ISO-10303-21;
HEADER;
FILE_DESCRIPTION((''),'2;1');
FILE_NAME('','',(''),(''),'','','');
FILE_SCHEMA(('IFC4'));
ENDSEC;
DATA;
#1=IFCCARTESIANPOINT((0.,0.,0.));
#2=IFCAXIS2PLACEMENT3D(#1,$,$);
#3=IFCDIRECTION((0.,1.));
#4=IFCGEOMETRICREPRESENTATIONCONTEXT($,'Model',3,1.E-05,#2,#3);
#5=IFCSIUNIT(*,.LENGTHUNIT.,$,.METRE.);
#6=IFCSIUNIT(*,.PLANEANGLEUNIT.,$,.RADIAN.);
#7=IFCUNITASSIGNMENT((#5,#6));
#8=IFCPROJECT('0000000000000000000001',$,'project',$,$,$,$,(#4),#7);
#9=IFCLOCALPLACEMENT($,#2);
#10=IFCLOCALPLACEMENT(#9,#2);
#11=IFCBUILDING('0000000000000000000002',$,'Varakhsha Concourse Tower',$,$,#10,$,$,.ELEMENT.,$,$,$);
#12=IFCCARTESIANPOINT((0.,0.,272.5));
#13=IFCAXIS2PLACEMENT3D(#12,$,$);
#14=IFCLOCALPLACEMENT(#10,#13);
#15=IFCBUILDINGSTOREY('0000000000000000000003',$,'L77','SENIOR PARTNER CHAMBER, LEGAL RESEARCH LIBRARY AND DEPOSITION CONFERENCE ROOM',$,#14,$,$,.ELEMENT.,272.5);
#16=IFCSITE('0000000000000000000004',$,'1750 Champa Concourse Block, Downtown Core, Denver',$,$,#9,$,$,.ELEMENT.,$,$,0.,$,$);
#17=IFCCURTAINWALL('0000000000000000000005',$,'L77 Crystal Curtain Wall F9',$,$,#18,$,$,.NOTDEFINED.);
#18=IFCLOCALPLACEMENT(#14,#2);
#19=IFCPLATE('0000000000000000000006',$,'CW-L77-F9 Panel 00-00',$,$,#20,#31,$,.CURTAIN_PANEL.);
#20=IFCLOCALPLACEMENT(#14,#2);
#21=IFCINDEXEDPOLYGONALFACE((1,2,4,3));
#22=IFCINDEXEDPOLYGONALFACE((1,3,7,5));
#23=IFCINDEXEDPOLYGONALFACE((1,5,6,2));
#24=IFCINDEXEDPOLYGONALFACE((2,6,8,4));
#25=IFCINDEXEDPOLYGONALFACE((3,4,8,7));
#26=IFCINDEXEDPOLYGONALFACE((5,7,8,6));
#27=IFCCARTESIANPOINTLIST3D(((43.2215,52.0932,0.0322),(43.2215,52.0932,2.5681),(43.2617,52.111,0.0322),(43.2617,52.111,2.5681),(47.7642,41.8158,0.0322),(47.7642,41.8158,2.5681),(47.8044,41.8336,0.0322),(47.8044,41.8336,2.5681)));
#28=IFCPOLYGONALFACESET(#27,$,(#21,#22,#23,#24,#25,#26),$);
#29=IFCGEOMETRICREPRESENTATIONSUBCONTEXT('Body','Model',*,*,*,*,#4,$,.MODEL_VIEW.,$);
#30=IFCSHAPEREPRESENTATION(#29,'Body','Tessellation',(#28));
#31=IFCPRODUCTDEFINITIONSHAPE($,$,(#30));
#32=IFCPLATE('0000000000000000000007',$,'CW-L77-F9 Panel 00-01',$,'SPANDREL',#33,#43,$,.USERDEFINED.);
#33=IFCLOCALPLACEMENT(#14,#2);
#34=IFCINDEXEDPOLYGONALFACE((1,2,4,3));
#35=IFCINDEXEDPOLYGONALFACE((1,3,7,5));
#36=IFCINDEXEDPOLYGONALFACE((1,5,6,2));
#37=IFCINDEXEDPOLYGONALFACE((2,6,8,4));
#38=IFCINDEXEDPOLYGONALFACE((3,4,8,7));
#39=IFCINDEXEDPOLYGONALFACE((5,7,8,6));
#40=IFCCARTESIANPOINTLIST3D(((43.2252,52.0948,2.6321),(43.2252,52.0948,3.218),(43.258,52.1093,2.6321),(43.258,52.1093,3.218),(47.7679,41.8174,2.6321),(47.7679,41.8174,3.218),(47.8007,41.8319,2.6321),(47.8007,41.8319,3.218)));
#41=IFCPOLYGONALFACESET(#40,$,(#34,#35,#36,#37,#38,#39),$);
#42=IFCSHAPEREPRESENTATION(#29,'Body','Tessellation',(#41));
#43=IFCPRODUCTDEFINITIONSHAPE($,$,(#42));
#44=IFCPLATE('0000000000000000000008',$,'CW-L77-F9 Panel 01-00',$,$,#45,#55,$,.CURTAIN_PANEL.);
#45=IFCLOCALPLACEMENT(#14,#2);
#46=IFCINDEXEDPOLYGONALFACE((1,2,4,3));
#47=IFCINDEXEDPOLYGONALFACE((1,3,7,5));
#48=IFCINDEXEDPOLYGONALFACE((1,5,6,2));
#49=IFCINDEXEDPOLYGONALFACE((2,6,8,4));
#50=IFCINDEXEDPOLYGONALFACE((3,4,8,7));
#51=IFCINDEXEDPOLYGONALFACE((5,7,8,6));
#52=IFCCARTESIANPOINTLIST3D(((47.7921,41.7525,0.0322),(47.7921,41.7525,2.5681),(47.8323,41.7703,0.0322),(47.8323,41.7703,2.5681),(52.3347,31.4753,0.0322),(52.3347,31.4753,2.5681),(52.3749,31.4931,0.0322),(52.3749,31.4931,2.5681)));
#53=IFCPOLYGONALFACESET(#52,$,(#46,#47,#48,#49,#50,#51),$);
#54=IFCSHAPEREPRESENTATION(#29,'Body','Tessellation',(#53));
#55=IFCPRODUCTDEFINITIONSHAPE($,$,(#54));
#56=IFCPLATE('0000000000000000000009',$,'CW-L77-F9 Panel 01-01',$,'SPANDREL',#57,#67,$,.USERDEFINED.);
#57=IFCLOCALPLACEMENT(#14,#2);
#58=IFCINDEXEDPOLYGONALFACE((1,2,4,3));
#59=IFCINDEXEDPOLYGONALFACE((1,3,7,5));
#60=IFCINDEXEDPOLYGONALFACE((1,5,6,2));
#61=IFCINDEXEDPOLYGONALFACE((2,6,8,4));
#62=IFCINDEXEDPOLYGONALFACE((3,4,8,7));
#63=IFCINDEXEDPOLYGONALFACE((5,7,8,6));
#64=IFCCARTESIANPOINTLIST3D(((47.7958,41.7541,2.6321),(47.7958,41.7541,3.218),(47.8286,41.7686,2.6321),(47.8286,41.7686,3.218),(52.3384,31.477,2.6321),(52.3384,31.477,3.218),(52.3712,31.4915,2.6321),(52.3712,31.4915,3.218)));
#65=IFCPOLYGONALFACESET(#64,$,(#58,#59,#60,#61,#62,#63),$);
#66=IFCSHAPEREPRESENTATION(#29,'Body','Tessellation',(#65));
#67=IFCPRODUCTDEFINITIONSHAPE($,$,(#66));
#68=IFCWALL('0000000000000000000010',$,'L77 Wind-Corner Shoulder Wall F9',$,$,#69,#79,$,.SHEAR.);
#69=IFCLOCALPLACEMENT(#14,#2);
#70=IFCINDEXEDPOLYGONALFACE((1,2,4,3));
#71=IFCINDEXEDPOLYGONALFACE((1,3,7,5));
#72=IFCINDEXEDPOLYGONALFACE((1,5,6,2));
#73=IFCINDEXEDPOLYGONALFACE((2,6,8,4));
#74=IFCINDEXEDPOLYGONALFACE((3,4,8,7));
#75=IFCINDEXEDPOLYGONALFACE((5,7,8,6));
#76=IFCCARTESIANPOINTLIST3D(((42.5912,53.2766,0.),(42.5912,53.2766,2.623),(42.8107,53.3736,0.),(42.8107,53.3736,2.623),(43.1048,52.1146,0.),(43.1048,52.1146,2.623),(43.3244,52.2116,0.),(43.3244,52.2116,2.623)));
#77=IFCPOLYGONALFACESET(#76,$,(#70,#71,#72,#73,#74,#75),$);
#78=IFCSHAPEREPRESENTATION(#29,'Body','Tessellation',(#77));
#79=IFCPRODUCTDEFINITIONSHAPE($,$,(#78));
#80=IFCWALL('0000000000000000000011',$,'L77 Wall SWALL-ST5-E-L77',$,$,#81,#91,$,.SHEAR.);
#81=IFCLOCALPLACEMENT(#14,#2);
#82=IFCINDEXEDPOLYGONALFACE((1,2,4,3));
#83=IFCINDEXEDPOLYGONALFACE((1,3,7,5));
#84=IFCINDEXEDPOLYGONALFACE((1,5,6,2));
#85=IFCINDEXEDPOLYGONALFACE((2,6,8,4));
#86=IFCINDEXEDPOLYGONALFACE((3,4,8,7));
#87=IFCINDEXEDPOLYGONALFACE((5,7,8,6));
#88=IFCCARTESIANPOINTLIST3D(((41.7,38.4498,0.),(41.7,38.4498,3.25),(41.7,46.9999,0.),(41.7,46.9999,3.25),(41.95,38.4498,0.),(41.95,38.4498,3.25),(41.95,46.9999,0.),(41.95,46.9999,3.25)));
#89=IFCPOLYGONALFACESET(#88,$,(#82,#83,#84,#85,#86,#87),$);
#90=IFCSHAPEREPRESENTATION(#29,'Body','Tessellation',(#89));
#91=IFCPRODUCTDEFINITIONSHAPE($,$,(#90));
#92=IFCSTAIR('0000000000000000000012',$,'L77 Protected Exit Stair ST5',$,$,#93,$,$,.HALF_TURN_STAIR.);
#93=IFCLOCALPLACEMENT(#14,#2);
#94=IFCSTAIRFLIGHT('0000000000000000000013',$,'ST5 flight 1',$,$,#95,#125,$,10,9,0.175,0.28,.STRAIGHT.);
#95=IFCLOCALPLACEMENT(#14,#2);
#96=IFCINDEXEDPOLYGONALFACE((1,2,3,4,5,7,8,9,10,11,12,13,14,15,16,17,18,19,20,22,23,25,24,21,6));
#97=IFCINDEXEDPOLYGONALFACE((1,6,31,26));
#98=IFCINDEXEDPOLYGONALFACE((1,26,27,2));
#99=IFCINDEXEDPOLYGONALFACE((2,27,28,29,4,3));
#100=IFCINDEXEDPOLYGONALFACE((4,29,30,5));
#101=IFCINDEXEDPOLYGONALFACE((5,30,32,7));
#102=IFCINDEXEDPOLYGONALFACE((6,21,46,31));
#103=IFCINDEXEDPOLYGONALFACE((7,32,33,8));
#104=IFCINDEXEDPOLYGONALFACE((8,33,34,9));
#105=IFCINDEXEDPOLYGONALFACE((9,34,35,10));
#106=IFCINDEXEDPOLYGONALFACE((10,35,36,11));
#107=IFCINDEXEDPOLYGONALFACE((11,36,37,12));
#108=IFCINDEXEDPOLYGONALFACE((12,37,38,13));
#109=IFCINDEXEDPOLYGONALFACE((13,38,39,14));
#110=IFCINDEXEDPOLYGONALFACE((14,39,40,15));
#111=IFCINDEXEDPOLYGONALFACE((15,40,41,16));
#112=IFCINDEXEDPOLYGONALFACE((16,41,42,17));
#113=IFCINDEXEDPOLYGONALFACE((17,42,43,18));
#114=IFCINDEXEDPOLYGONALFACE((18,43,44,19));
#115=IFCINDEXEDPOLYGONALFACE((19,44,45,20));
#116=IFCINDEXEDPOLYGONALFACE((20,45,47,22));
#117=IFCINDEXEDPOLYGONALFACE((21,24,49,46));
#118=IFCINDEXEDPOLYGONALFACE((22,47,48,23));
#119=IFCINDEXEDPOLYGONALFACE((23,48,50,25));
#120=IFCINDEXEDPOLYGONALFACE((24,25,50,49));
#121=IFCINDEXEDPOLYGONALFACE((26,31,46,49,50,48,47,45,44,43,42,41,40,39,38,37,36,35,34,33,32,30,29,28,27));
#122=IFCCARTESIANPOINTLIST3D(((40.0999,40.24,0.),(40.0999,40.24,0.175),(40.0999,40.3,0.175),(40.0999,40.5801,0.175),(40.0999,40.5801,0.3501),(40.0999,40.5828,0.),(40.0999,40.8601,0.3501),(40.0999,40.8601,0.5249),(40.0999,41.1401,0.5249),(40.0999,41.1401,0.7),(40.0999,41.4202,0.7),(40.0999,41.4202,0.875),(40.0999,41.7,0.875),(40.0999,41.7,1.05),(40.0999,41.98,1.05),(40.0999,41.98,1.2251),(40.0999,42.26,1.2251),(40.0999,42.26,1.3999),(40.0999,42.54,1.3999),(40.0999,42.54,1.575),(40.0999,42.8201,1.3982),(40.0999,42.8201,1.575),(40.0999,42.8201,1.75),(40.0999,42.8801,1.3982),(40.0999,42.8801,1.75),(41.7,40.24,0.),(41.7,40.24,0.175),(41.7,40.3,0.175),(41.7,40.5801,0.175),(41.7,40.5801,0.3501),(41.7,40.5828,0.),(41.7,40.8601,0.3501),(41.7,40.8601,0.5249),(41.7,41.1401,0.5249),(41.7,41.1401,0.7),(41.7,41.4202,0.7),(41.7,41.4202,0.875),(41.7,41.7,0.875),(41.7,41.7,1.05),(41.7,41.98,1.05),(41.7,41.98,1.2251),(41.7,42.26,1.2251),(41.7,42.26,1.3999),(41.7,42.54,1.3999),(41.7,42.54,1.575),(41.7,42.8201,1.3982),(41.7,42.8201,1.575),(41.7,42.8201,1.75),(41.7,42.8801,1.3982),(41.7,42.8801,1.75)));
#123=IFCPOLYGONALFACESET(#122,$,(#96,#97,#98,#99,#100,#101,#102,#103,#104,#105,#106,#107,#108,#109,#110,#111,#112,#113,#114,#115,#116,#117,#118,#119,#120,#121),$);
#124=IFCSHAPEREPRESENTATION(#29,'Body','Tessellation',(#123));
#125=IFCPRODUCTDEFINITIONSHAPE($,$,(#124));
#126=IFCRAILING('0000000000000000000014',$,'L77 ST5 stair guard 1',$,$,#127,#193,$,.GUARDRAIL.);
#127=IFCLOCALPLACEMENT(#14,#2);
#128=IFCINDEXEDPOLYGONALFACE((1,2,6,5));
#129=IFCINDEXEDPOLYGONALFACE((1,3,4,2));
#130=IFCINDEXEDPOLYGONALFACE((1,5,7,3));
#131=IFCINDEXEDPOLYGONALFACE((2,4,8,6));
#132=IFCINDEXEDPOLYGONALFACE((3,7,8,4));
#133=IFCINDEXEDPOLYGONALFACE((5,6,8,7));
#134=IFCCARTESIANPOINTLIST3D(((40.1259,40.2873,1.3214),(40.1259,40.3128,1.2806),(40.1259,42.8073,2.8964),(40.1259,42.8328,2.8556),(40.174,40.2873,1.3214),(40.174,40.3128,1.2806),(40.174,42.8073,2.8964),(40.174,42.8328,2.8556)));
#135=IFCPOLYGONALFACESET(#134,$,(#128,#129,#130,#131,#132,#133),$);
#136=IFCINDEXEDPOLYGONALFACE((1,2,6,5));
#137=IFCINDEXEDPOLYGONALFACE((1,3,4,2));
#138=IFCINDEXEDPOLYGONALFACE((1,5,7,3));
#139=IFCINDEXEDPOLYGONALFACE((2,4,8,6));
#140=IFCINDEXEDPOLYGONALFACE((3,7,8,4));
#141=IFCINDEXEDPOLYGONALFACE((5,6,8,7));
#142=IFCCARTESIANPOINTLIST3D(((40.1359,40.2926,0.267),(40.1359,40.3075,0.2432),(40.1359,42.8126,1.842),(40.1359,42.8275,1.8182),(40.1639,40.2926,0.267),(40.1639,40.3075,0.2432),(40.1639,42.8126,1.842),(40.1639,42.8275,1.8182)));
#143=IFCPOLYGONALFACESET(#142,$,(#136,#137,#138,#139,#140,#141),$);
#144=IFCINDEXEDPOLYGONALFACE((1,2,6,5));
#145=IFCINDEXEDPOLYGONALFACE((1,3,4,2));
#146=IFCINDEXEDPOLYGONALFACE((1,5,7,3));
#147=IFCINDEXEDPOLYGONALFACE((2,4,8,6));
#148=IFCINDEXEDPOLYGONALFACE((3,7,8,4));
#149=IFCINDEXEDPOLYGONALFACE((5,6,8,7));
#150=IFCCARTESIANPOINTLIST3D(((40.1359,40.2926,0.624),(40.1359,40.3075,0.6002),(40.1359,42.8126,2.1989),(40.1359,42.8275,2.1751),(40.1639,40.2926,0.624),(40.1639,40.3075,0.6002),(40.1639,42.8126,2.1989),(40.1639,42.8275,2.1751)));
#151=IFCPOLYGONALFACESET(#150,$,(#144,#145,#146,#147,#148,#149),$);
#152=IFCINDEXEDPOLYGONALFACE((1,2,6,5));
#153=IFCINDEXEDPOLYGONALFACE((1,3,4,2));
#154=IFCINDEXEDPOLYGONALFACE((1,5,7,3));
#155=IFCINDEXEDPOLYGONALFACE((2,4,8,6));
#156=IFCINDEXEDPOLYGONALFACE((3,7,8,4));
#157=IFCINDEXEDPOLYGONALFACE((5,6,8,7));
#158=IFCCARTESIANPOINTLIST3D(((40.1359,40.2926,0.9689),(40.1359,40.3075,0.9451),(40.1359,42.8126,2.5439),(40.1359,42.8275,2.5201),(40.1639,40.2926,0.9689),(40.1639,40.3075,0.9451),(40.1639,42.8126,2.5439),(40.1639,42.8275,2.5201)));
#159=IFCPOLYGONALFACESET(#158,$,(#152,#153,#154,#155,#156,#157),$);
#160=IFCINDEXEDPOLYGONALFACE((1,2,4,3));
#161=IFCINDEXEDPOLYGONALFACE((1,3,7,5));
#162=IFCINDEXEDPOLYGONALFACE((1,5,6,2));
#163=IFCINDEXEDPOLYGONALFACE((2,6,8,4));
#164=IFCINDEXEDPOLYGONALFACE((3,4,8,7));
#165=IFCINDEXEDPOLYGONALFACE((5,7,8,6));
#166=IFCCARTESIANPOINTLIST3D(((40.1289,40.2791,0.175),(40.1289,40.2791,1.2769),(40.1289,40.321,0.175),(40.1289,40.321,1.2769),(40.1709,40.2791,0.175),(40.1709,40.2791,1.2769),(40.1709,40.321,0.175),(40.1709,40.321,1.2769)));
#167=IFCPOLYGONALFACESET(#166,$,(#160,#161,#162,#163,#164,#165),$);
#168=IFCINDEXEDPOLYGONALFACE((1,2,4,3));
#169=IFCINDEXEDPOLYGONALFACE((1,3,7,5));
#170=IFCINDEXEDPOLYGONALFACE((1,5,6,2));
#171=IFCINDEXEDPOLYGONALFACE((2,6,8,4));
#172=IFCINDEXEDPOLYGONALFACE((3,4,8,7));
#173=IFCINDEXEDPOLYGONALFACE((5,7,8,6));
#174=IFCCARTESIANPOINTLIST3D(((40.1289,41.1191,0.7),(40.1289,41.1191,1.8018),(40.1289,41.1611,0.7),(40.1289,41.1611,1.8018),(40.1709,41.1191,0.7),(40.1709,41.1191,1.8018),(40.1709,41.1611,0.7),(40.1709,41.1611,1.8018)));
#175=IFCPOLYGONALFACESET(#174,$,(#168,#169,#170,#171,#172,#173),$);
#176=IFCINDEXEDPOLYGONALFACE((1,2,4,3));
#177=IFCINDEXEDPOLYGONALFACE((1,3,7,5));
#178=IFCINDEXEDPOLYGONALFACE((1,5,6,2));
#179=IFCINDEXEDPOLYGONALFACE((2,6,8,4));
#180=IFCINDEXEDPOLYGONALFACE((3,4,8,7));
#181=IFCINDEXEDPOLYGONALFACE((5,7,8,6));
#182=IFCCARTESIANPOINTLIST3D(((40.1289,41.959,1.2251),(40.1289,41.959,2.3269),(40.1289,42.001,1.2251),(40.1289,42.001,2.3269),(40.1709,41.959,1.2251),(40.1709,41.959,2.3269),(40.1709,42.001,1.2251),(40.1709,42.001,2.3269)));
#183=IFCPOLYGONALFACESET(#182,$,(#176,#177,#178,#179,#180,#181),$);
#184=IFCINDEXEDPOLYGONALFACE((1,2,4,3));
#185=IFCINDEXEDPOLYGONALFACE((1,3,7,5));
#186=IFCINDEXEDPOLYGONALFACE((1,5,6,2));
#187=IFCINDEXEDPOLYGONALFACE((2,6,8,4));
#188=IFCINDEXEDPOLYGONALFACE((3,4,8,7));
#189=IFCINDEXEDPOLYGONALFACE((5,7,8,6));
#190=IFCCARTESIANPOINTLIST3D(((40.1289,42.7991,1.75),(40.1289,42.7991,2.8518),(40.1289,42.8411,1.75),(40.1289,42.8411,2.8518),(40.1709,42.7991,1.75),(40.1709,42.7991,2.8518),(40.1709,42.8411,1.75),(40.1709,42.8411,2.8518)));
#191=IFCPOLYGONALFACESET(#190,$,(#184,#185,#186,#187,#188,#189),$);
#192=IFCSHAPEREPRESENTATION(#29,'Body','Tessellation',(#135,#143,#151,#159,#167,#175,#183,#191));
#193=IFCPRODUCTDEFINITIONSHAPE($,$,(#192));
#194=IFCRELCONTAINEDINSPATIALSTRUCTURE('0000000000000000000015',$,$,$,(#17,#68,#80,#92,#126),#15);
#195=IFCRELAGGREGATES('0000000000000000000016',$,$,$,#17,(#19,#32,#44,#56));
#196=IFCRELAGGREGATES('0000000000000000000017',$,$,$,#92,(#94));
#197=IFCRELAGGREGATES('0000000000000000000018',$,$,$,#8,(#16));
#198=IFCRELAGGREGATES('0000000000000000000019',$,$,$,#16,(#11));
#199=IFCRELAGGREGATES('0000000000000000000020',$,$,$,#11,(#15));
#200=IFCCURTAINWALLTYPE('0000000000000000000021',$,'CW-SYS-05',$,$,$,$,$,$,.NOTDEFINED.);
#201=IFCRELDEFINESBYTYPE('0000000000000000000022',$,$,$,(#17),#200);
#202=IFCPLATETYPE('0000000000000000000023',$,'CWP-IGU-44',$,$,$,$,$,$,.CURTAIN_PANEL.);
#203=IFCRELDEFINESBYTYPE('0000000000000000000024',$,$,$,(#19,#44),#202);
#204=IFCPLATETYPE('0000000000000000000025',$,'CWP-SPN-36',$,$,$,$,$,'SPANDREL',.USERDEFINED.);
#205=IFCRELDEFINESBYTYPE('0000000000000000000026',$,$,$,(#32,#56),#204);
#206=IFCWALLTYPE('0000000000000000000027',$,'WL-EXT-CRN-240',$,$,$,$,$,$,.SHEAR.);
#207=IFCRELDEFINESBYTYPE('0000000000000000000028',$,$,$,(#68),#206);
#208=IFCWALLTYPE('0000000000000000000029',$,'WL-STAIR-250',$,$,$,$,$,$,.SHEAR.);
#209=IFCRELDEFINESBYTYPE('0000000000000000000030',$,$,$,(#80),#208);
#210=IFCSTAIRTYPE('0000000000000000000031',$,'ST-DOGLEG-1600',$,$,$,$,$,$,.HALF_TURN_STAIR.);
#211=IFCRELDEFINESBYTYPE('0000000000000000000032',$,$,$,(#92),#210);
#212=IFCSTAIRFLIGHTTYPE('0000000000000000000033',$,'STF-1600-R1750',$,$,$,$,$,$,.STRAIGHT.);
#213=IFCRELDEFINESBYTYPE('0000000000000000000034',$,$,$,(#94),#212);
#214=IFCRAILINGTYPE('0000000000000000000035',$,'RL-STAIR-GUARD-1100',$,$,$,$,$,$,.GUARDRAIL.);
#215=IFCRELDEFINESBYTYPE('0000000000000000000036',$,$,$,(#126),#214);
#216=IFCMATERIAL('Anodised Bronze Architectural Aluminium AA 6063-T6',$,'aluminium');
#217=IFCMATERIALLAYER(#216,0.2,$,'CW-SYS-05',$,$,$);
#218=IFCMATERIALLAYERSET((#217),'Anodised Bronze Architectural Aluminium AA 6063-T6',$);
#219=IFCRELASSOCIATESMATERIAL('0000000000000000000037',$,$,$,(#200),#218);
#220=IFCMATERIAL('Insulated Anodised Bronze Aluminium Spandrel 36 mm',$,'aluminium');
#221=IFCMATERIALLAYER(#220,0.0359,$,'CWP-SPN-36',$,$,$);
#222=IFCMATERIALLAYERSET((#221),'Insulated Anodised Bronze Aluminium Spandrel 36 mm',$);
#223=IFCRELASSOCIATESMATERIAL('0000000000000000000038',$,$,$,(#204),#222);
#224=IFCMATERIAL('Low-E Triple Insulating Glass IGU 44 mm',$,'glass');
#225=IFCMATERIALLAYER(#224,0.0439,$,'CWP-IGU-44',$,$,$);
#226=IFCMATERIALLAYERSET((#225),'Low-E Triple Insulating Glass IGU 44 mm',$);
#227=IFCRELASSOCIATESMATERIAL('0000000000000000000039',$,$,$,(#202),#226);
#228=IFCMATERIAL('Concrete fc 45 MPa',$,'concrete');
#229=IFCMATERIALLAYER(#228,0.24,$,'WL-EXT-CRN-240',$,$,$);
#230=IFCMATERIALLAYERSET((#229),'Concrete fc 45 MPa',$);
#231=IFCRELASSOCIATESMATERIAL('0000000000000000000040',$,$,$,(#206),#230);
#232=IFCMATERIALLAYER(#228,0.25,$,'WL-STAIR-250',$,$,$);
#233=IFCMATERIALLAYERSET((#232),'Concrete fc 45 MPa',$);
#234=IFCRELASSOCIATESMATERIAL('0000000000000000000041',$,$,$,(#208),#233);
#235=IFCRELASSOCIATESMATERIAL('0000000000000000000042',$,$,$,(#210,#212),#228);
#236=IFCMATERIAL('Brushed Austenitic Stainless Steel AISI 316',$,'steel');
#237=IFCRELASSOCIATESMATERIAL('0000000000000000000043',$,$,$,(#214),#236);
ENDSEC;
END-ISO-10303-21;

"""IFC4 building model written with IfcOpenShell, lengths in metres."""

from ifc_helpers import new_model, si_unit, direction, frame, frame_2d, origin, origin_2d, place, context, subcontext, project, spatial, polyline, rectangle, outline, extrude, source, transform, mapped, material, layer, layer_set, type_object, type_shapes, element, aggregate, save


model = new_model("IFC4")

# Units and contexts
model_context = context("Model", 3, precision=1e-05, world=origin(), true_north=direction((0.0, 1.0)))
body_context = subcontext(model_context, "Body", "Model", "MODEL_VIEW")
ifc_project = project(units=[si_unit("LENGTHUNIT", "METRE"), si_unit("PLANEANGLEUNIT", "RADIAN")], contexts=[model_context])

# Site, building, storey
site_placement = place(None, origin())
site = spatial("IfcSite", under=ifc_project, at=site_placement, Name="1750 Champa Concourse Block, Downtown Core, Denver", CompositionType="ELEMENT", RefElevation=0.0)
building_placement = place(site_placement, origin())
building = spatial("IfcBuilding", under=site, at=building_placement, Name="Varakhsha Concourse Tower", CompositionType="ELEMENT")
storey_placement = place(building_placement, frame((0.0, 0.0, 272.5)))
storey = spatial("IfcBuildingStorey", under=building, at=storey_placement, Name="L77", Description="SENIOR PARTNER CHAMBER, LEGAL RESEARCH LIBRARY AND DEPOSITION CONFERENCE ROOM", CompositionType="ELEMENT", Elevation=272.5)

# Shared definitions
ifc_material_1 = material(Name="Anodised Bronze Architectural Aluminium AA 6063-T6", Category="aluminium")
ifc_layer_1 = layer(ifc_material_1, 0.2, Name="CW-SYS-05")
ifc_layer_set_1 = layer_set([ifc_layer_1], Name="Anodised Bronze Architectural Aluminium AA 6063-T6")
curtain_wall_type = type_object("IfcCurtainWallType", Name="CW-SYS-05", PredefinedType="NOTDEFINED", material=ifc_layer_set_1)

# Curtain wall
curtain_wall_1_placement = place(storey_placement, origin())
curtain_wall_1 = element("IfcCurtainWall", 1, at=curtain_wall_1_placement, inside=storey, type_object=curtain_wall_type, Name="L77 Crystal Curtain Wall F9", PredefinedType="NOTDEFINED")

# Plates
ifc_material_2 = material(Name="Insulated Anodised Bronze Aluminium Spandrel 36 mm", Category="aluminium")
ifc_layer_2 = layer(ifc_material_2, 0.0359, Name="CWP-SPN-36")
ifc_layer_set_2 = layer_set([ifc_layer_2], Name="Insulated Anodised Bronze Aluminium Spandrel 36 mm")
plate_type_1 = type_object("IfcPlateType", Name="CWP-SPN-36", ElementType="SPANDREL", PredefinedType="USERDEFINED", material=ifc_layer_set_2)
ifc_material_3 = material(Name="Low-E Triple Insulating Glass IGU 44 mm", Category="glass")
ifc_layer_3 = layer(ifc_material_3, 0.0439, Name="CWP-IGU-44")
ifc_layer_set_3 = layer_set([ifc_layer_3], Name="Low-E Triple Insulating Glass IGU 44 mm")
plate_type_2 = type_object("IfcPlateType", Name="CWP-IGU-44", PredefinedType="CURTAIN_PANEL", material=ifc_layer_set_3)
shared_shape_1 = source(origin(), body_context, "Body", "SweptSolid", [
    extrude(rectangle(XDim=11.2366, YDim=0.0439, at=origin_2d()), origin(), (0.0, 0.0, 1.0), 2.5359),
])
plate_1_placement = place(storey_placement, frame((45.5129, 46.9634, 0.0322), z_axis=(0.0, 0.0, 1.0), x_axis=(0.404273, -0.914638, 0.0)))
plate_1 = element("IfcPlate", 2, at=plate_1_placement, type_object=plate_type_2, Name="CW-L77-F9 Panel 00-00", PredefinedType="CURTAIN_PANEL", context=body_context, shape_type="MappedRepresentation", body=[
    mapped(shared_shape_1, transform((0.0, 0.0, 0.0), scale=1.0)),
])
shared_shape_2 = source(origin(), body_context, "Body", "SweptSolid", [
    extrude(rectangle(XDim=11.2366, YDim=0.0359, at=origin_2d()), origin(), (0.0, 0.0, 1.0), 0.5859),
])
plate_2_placement = place(storey_placement, frame((45.5129, 46.9634, 2.6321), z_axis=(0.0, 0.0, 1.0), x_axis=(0.404273, -0.914638, 0.0)))
plate_2 = element("IfcPlate", 3, at=plate_2_placement, type_object=plate_type_1, Name="CW-L77-F9 Panel 00-01", ObjectType="SPANDREL", PredefinedType="USERDEFINED", context=body_context, shape_type="MappedRepresentation", body=[
    mapped(shared_shape_2, transform((0.0, 0.0, 0.0), scale=1.0)),
])
shared_shape_3 = source(origin(), body_context, "Body", "SweptSolid", [
    extrude(rectangle(XDim=11.2363, YDim=0.0439, at=origin_2d()), origin(), (0.0, 0.0, 1.0), 2.5359),
])
type_shapes(plate_type_2, [shared_shape_1, shared_shape_3])
plate_3_placement = place(storey_placement, frame((50.0835, 36.6228, 0.0322), z_axis=(0.0, 0.0, 1.0), x_axis=(0.404273, -0.914638, 0.0)))
plate_3 = element("IfcPlate", 4, at=plate_3_placement, type_object=plate_type_2, Name="CW-L77-F9 Panel 01-00", PredefinedType="CURTAIN_PANEL", context=body_context, shape_type="MappedRepresentation", body=[
    mapped(shared_shape_3, transform((0.0, 0.0, 0.0), scale=1.0)),
])
shared_shape_4 = source(origin(), body_context, "Body", "SweptSolid", [
    extrude(rectangle(XDim=11.2363, YDim=0.0359, at=origin_2d()), origin(), (0.0, 0.0, 1.0), 0.5859),
])
plate_4_placement = place(storey_placement, frame((50.0835, 36.6228, 2.6321), z_axis=(0.0, 0.0, 1.0), x_axis=(0.404273, -0.914638, 0.0)))
plate_4 = element("IfcPlate", 5, at=plate_4_placement, type_object=plate_type_1, Name="CW-L77-F9 Panel 01-01", ObjectType="SPANDREL", PredefinedType="USERDEFINED", context=body_context, shape_type="MappedRepresentation", body=[
    mapped(shared_shape_4, transform((0.0, 0.0, 0.0), scale=1.0)),
])
aggregate(curtain_wall_1, [plate_1, plate_2, plate_3, plate_4])

# Walls
ifc_material_4 = material(Name="Concrete fc 45 MPa", Category="concrete")
ifc_layer_4 = layer(ifc_material_4, 0.24, Name="WL-EXT-CRN-240")
ifc_layer_set_4 = layer_set([ifc_layer_4], Name="Concrete fc 45 MPa")
wall_type_1 = type_object("IfcWallType", Name="WL-EXT-CRN-240", PredefinedType="SHEAR", material=ifc_layer_set_4)
wall_1_placement = place(storey_placement, frame((43.2146, 52.1631, 0.0), z_axis=(0.0, 0.0, 1.0), x_axis=(-0.404283, 0.914634, 0.0)))
element("IfcWall", 6, at=wall_1_placement, inside=storey, type_object=wall_type_1, Name="L77 Wind-Corner Shoulder Wall F9", PredefinedType="SHEAR", context=body_context, shape_type="SweptSolid", body=[
    extrude(rectangle(XDim=1.2705, YDim=0.24, at=frame_2d((0.6353, 0.0))), origin(), (0.0, 0.0, 1.0), 2.623),
])
ifc_layer_5 = layer(ifc_material_4, 0.25, Name="WL-STAIR-250")
ifc_layer_set_5 = layer_set([ifc_layer_5], Name="Concrete fc 45 MPa")
wall_type_2 = type_object("IfcWallType", Name="WL-STAIR-250", PredefinedType="SHEAR", material=ifc_layer_set_5)
wall_2_placement = place(storey_placement, frame((41.825, 38.45, 0.0), z_axis=(0.0, 0.0, 1.0), x_axis=(0.0, 1.0, 0.0)))
element("IfcWall", 7, at=wall_2_placement, inside=storey, type_object=wall_type_2, Name="L77 Wall SWALL-ST5-E-L77", PredefinedType="SHEAR", context=body_context, shape_type="SweptSolid", body=[
    extrude(rectangle(XDim=8.55, YDim=0.25, at=frame_2d((4.2749, 0.0))), origin(), (0.0, 0.0, 1.0), 3.25),
])

# Stair, stair flight
stair_type = type_object("IfcStairType", Name="ST-DOGLEG-1600", PredefinedType="HALF_TURN_STAIR", material=ifc_material_4)
stair_placement = place(storey_placement, origin())
stair = element("IfcStair", 8, at=stair_placement, inside=storey, type_object=stair_type, Name="L77 Protected Exit Stair ST5", PredefinedType="HALF_TURN_STAIR")
stair_flight_type = type_object("IfcStairFlightType", Name="STF-1600-R1750", PredefinedType="STRAIGHT", material=ifc_material_4)
stair_flight_placement = place(storey_placement, frame((40.8999, 40.3, 0.0), z_axis=(0.0, 0.0, 1.0), x_axis=(0.0, 1.0, 0.0)))
stair_flight = element("IfcStairFlight", 9, at=stair_flight_placement, type_object=stair_flight_type, Name="ST5 flight 1", NumberOfRisers=10, NumberOfTreads=9, PredefinedType="STRAIGHT", RiserHeight=0.175, TreadLength=0.28, context=body_context, shape_type="SweptSolid", body=[
    extrude(outline(polyline([(-0.0601, 0.0), (-0.0601, 0.175), (0.0, 0.175), (0.28, 0.175), (0.28, 0.3501), (0.5601, 0.3501), (0.5601, 0.5249), (0.8401, 0.5249), (0.8401, 0.7), (1.1201, 0.7), (1.1201, 0.875), (1.3999, 0.875), (1.3999, 1.05), (1.6799, 1.05), (1.6799, 1.2251), (1.96, 1.2251), (1.96, 1.3999), (2.24, 1.3999), (2.24, 1.575), (2.52, 1.575), (2.52, 1.75), (2.5801, 1.75), (2.5801, 1.3982), (2.52, 1.3982), (0.2827, 0.0), (-0.0601, 0.0)])), frame((0.0, 0.8, 0.0), z_axis=(0.0, -1.0, 0.0), x_axis=(1.0, 0.0, 0.0)), (0.0, 0.0, 1.0), 1.6001),
])
aggregate(stair, [stair_flight])

# Railing
ifc_material_5 = material(Name="Brushed Austenitic Stainless Steel AISI 316", Category="steel")
railing_type_1 = type_object("IfcRailingType", Name="RL-STAIR-GUARD-1100", PredefinedType="GUARDRAIL", material=ifc_material_5)
railing_1_placement = place(storey_placement, frame((40.1499, 40.3, 0.175)))
element("IfcRailing", 10, at=railing_1_placement, inside=storey, type_object=railing_type_1, Name="L77 ST5 stair guard 1", PredefinedType="GUARDRAIL", context=body_context, shape_type="SweptSolid", body=[
    extrude(rectangle(XDim=0.0481, YDim=0.0481, at=origin_2d()), frame((0.0, 0.0, 1.126), z_axis=(0.0, 0.848008, 0.529984), x_axis=(-1.0, 0.0, 0.0)), (0.0, 0.0, 1.0), 2.9717),
    extrude(rectangle(XDim=0.0281, YDim=0.0281, at=origin_2d()), frame((0.0, 0.0, 0.0801), z_axis=(0.0, 0.848008, 0.529984), x_axis=(-1.0, 0.0, 0.0)), (0.0, 0.0, 1.0), 2.9717),
    extrude(rectangle(XDim=0.0281, YDim=0.0281, at=origin_2d()), frame((0.0, 0.0, 0.437), z_axis=(0.0, 0.848008, 0.529984), x_axis=(-1.0, 0.0, 0.0)), (0.0, 0.0, 1.0), 2.9717),
    extrude(rectangle(XDim=0.0281, YDim=0.0281, at=origin_2d()), frame((0.0, 0.0, 0.782), z_axis=(0.0, 0.848008, 0.529984), x_axis=(-1.0, 0.0, 0.0)), (0.0, 0.0, 1.0), 2.9717),
    extrude(rectangle(XDim=0.042, YDim=0.042, at=origin_2d()), origin(), (0.0, 0.0, 1.0), 1.1018),
    extrude(rectangle(XDim=0.042, YDim=0.042, at=origin_2d()), frame((0.0, 0.8401, 0.5249)), (0.0, 0.0, 1.0), 1.1018),
    extrude(rectangle(XDim=0.042, YDim=0.042, at=origin_2d()), frame((0.0, 1.6799, 1.05)), (0.0, 0.0, 1.0), 1.1018),
    extrude(rectangle(XDim=0.042, YDim=0.042, at=origin_2d()), frame((0.0, 2.52, 1.575)), (0.0, 0.0, 1.0), 1.1018),
])

save(model, "model.ifc")
